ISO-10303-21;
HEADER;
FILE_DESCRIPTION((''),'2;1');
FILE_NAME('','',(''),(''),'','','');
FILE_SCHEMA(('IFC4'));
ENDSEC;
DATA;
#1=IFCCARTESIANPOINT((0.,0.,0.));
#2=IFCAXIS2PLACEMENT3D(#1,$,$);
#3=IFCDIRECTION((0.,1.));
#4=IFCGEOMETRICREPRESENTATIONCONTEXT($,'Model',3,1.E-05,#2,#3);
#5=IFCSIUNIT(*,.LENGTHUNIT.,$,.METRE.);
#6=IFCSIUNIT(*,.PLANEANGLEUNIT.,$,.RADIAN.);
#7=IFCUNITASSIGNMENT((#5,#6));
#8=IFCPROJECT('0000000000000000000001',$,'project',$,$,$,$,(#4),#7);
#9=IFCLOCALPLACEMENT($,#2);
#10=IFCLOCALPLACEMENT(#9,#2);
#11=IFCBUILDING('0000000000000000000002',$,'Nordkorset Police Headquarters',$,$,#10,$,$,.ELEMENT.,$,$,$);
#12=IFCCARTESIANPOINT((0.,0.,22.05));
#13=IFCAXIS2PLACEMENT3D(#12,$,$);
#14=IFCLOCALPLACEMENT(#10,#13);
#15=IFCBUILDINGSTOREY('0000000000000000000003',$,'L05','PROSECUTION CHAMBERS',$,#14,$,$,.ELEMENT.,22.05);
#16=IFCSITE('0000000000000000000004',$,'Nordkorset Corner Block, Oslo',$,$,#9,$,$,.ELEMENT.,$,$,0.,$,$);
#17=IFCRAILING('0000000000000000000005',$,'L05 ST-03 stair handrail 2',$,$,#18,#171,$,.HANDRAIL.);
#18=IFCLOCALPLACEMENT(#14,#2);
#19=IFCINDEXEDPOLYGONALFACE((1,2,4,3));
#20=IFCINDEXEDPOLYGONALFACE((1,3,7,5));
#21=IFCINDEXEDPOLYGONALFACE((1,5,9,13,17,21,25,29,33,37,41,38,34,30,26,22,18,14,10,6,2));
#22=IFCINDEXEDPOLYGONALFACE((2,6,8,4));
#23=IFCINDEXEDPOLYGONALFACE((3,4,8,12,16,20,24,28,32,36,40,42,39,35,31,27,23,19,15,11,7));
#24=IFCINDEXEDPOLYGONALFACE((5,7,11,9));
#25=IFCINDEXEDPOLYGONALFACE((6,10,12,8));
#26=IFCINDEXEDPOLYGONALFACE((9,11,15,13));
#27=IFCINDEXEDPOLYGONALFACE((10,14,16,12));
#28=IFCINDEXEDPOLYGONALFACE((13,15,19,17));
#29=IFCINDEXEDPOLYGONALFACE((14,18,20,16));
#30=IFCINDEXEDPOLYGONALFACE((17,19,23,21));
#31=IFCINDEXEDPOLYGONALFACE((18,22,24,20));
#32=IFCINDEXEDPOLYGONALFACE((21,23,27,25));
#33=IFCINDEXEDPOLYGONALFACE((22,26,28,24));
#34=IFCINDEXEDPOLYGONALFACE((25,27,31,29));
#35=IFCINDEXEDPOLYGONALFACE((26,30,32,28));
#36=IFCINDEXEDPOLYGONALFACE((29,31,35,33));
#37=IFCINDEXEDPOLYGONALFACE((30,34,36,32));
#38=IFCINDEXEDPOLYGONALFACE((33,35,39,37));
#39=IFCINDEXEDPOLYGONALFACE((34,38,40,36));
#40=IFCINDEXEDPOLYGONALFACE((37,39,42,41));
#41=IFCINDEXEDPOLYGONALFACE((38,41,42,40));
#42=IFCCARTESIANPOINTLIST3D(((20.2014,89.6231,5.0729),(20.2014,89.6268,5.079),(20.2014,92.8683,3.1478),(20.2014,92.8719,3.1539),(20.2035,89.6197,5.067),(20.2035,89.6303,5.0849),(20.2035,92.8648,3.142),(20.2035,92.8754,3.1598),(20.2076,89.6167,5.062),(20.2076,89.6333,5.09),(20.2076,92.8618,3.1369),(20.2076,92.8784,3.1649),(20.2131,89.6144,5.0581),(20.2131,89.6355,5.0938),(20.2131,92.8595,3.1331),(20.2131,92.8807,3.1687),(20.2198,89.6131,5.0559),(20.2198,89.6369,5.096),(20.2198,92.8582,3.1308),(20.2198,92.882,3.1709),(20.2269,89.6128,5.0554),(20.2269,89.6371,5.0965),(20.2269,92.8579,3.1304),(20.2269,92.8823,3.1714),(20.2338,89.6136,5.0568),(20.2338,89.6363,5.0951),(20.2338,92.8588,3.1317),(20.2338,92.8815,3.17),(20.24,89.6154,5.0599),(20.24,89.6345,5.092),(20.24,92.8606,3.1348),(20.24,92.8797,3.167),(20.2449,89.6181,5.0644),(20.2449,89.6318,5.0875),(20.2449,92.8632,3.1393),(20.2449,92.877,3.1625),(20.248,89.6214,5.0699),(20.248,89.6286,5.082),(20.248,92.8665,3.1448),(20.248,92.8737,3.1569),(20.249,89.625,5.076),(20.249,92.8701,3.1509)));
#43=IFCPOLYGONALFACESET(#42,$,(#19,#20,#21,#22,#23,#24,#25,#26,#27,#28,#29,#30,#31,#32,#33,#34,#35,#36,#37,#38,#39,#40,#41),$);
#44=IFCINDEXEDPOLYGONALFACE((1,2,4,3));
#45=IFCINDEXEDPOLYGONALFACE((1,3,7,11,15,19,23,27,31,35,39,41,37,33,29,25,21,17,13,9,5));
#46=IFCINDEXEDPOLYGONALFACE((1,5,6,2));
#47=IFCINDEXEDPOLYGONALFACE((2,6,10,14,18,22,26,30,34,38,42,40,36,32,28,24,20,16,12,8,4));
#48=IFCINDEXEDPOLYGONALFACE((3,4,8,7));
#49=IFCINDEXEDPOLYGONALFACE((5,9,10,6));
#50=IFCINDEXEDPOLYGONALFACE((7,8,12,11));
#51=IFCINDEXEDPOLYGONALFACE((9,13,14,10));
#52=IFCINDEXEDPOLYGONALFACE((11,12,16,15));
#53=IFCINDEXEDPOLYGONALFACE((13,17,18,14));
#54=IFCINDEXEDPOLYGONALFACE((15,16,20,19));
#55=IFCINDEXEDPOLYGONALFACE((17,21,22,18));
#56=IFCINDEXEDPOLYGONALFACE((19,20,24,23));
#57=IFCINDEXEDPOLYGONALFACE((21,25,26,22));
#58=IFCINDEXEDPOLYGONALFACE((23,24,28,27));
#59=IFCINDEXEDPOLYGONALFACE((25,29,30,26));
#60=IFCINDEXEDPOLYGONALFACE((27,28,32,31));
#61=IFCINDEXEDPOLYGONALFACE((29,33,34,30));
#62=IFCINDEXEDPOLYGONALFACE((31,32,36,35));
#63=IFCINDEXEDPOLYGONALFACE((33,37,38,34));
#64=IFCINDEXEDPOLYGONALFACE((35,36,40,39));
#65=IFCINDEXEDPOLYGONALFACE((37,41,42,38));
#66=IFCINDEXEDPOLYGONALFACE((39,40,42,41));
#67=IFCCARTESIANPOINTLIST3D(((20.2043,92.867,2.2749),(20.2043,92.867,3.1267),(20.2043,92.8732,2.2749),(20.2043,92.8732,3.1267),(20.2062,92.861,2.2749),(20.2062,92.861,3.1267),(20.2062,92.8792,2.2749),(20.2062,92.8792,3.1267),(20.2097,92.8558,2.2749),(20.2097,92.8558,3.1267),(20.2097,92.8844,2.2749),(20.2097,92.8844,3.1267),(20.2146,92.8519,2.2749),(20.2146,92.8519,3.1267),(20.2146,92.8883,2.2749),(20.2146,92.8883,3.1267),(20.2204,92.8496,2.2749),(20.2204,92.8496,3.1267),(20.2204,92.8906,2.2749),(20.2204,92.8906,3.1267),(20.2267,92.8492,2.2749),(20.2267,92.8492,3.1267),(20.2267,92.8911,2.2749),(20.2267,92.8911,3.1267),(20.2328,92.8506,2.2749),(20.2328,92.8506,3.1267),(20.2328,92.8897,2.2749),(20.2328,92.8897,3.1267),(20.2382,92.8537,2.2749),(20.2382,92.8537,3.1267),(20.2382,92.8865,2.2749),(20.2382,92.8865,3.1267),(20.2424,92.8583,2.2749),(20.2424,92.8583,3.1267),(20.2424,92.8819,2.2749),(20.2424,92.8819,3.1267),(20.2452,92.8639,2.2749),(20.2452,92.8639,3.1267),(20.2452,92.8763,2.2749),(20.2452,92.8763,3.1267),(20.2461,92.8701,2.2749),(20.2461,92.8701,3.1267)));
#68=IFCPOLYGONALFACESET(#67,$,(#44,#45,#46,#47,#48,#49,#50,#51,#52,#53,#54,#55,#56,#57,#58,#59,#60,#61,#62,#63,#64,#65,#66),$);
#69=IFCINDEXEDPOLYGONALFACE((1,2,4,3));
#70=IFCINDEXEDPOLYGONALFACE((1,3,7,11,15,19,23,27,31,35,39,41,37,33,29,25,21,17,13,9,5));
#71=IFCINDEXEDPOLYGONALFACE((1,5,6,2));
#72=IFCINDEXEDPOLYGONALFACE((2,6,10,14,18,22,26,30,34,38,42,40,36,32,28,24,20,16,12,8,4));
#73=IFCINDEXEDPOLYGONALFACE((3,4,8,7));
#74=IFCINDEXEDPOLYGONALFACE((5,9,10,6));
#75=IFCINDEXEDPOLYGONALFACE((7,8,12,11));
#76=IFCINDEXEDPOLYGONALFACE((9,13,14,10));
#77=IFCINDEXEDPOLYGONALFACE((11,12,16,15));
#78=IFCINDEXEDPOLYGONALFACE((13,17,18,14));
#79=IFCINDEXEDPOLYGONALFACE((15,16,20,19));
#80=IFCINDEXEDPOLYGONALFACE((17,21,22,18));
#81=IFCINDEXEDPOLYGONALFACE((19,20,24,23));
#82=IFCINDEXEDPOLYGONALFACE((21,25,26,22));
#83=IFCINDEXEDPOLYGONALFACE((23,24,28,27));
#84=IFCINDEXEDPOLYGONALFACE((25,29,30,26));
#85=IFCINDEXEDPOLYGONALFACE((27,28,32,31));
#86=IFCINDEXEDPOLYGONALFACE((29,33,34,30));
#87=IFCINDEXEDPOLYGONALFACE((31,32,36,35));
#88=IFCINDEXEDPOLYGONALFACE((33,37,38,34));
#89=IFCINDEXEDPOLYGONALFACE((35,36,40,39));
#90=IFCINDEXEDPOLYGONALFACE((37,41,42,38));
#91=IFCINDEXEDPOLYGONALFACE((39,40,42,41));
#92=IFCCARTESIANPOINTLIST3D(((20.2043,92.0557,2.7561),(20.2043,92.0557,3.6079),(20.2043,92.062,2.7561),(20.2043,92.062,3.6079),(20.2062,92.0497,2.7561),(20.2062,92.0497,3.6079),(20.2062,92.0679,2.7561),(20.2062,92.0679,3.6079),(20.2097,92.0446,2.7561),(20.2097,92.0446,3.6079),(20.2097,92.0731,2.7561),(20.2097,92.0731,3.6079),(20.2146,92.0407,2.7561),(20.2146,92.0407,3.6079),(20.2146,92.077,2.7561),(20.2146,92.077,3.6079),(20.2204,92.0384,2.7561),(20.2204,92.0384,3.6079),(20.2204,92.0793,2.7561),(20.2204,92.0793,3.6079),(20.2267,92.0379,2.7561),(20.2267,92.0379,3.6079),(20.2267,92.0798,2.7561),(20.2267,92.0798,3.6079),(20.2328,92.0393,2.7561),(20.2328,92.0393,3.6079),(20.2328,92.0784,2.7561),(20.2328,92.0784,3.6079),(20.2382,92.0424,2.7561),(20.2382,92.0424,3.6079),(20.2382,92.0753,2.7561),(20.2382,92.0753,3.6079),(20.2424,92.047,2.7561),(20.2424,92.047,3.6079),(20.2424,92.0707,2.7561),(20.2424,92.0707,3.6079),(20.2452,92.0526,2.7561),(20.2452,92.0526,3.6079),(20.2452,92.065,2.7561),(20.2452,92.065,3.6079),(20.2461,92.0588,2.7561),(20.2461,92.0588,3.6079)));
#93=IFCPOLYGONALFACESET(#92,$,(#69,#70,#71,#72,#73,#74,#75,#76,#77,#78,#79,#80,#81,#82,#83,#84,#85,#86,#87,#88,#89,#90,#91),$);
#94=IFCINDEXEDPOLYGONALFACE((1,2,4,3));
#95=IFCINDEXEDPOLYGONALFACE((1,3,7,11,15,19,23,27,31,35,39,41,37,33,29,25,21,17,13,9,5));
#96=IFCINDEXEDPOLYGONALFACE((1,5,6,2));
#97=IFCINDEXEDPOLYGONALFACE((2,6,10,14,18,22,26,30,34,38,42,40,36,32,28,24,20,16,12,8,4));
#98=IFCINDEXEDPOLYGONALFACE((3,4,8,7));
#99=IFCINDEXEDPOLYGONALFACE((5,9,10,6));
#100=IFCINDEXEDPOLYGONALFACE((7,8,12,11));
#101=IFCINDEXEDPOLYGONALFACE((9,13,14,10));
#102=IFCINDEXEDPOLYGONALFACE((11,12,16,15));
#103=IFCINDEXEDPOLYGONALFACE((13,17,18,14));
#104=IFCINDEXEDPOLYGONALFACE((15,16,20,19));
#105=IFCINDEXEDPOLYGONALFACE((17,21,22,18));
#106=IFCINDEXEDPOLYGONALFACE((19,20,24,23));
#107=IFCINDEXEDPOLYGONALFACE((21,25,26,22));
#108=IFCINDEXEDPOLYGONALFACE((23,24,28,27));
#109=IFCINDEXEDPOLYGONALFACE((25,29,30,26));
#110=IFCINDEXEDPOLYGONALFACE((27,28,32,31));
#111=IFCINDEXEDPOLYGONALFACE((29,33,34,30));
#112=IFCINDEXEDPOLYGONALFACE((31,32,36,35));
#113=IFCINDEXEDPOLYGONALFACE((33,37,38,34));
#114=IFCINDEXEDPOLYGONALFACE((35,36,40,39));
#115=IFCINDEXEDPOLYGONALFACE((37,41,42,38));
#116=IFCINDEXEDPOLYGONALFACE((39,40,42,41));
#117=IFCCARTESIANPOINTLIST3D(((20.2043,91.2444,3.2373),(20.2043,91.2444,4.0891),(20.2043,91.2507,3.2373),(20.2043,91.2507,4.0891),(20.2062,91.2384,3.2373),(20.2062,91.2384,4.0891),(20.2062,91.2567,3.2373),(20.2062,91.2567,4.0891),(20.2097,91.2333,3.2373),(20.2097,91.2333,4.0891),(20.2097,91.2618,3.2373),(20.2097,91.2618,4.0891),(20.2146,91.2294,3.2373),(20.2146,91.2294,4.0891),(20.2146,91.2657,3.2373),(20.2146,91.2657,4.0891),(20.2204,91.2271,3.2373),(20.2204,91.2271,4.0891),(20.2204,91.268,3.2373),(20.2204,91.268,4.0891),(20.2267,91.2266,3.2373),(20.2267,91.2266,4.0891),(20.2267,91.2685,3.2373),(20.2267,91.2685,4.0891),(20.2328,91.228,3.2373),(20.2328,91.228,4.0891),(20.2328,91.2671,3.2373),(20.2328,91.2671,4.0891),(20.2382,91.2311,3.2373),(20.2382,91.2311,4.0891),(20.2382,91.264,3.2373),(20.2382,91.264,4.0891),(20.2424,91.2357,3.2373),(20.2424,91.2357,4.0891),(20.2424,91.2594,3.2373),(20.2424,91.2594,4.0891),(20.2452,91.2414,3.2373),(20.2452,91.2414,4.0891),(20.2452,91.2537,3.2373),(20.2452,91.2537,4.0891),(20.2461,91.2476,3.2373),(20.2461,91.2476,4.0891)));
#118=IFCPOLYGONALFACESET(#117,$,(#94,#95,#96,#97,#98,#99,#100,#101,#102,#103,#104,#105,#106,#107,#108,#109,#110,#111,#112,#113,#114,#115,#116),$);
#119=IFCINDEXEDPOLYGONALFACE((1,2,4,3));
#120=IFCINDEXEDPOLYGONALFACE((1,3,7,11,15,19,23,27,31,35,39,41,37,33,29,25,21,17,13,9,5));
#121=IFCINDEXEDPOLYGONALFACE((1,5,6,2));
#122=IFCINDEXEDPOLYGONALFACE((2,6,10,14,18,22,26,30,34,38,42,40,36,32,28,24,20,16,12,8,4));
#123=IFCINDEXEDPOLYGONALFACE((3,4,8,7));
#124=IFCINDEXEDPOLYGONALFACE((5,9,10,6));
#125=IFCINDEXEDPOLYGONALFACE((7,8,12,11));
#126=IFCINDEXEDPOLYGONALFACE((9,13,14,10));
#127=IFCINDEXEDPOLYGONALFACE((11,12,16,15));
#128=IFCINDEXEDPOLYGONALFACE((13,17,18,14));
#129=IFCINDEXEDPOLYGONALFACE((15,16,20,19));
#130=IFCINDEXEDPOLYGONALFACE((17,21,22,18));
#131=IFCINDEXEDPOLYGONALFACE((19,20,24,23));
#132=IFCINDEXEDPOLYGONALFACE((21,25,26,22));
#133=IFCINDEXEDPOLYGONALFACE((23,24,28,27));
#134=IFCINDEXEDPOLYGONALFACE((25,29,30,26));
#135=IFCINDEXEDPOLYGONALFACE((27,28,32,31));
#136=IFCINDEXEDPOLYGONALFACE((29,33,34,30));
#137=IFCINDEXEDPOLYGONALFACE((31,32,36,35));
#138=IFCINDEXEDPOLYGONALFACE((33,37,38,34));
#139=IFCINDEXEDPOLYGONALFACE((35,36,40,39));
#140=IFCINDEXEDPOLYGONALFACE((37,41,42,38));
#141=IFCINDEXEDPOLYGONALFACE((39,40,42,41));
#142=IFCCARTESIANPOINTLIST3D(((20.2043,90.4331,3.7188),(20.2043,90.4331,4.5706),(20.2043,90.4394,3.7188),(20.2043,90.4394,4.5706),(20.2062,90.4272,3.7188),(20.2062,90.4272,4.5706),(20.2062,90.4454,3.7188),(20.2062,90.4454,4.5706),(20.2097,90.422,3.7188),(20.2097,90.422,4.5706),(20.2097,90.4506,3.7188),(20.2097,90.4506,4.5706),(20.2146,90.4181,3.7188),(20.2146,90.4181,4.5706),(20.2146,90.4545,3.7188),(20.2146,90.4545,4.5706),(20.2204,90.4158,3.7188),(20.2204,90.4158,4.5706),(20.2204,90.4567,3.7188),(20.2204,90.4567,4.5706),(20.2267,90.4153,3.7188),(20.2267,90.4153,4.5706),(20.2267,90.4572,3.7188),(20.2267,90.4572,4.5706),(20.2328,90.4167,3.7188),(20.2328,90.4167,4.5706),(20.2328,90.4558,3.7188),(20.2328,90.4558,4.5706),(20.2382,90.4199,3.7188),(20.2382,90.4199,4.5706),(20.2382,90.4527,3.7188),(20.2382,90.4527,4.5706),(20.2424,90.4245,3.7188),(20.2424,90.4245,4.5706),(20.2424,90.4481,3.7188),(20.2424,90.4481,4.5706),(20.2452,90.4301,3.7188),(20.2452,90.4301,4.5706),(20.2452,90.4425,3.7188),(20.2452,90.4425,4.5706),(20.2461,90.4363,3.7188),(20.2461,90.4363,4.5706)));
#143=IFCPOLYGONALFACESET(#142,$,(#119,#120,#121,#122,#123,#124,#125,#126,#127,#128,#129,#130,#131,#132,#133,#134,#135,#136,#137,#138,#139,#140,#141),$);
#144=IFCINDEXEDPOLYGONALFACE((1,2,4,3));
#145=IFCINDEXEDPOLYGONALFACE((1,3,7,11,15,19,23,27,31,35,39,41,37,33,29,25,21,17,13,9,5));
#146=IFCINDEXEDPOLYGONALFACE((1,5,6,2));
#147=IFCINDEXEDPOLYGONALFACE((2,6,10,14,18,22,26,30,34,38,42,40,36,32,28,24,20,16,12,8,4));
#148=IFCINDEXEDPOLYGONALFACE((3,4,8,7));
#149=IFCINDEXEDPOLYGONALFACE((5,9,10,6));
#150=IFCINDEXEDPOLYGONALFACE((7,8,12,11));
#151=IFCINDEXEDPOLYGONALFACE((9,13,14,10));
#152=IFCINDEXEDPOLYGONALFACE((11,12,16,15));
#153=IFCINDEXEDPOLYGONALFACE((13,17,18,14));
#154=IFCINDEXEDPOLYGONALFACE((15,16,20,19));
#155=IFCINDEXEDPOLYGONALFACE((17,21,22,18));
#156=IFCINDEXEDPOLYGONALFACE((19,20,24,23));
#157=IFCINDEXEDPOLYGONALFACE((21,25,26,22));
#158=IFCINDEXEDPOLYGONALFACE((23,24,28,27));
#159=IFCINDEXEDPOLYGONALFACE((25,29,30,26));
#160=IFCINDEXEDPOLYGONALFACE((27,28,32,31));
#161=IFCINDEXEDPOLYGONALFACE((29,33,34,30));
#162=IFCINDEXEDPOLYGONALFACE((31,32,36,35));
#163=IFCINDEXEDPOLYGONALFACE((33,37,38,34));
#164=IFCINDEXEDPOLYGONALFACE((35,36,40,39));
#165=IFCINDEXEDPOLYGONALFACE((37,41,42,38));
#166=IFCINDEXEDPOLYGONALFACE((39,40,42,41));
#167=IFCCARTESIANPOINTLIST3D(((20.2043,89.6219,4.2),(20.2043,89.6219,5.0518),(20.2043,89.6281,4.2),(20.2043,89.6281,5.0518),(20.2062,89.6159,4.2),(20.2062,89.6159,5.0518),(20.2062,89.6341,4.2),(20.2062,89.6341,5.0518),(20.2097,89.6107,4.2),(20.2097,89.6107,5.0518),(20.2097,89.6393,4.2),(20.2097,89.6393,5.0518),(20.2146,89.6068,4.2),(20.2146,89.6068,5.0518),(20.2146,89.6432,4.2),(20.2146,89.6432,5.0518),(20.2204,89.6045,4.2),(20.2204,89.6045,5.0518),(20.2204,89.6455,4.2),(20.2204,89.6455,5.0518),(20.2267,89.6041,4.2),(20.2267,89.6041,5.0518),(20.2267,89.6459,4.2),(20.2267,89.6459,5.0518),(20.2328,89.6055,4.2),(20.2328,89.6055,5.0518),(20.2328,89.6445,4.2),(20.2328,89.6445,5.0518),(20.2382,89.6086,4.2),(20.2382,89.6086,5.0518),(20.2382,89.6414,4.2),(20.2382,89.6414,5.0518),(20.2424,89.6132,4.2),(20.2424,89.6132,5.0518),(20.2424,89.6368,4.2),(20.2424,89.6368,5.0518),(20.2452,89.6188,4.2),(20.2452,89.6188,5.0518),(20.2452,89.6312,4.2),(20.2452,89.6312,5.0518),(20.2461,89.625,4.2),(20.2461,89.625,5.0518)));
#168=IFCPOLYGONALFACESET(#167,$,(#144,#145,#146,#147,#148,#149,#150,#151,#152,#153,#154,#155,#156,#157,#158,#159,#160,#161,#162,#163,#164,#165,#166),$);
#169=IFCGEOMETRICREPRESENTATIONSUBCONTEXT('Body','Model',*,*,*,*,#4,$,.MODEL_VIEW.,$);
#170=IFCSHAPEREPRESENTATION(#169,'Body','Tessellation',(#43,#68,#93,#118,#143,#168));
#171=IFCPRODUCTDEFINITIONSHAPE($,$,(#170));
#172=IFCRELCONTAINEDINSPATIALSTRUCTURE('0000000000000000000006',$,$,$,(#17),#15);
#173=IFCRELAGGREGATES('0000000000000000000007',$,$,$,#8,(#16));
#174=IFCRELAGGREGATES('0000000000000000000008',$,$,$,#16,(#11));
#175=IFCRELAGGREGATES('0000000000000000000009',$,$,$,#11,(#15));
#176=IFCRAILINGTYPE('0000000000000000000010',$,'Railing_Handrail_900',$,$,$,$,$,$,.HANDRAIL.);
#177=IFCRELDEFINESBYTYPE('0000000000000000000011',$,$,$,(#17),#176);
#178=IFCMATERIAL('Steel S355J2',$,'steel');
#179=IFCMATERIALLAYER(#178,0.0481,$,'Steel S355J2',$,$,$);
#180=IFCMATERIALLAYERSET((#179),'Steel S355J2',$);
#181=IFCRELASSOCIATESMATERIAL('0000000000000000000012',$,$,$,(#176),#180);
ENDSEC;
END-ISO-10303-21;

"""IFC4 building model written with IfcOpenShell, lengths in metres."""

from ifc_helpers import new_model, si_unit, direction, frame, origin, origin_2d, place, context, subcontext, project, spatial, circle, extrude, material, layer, layer_set, type_object, element, save


model = new_model("IFC4")

# Units and contexts
model_context = context("Model", 3, precision=1e-05, world=origin(), true_north=direction((0.0, 1.0)))
body_context = subcontext(model_context, "Body", "Model", "MODEL_VIEW")
ifc_project = project(units=[si_unit("LENGTHUNIT", "METRE"), si_unit("PLANEANGLEUNIT", "RADIAN")], contexts=[model_context])

# Site, building, storey
site_placement = place(None, origin())
site = spatial("IfcSite", under=ifc_project, at=site_placement, Name="Nordkorset Corner Block, Oslo", CompositionType="ELEMENT", RefElevation=0.0)
building_placement = place(site_placement, origin())
building = spatial("IfcBuilding", under=site, at=building_placement, Name="Nordkorset Police Headquarters", CompositionType="ELEMENT")
storey_placement = place(building_placement, frame((0.0, 0.0, 22.05)))
storey = spatial("IfcBuildingStorey", under=building, at=storey_placement, Name="L05", Description="PROSECUTION CHAMBERS", CompositionType="ELEMENT", Elevation=22.05)

# Railing
ifc_material_1 = material(Name="Steel S355J2", Category="steel")
ifc_layer_1 = layer(ifc_material_1, 0.0481, Name="Steel S355J2")
ifc_layer_set_1 = layer_set([ifc_layer_1], Name="Steel S355J2")
railing_type_1 = type_object("IfcRailingType", Name="Railing_Handrail_900", PredefinedType="HANDRAIL", material=ifc_layer_set_1)
railing_1_placement = place(storey_placement, frame((20.2251, 92.8701, 2.2749)))
element("IfcRailing", 1, at=railing_1_placement, inside=storey, type_object=railing_type_1, Name="L05 ST-03 stair handrail 2", PredefinedType="HANDRAIL", context=body_context, shape_type="SweptSolid", body=[
    extrude(circle(Radius=0.0239, at=origin_2d()), frame((0.0, 0.0, 0.876), z_axis=(0.0, -0.860057, 0.510198), x_axis=(1.0, 0.0, 0.0)), (0.0, 0.0, 1.0), 3.7732),
    extrude(circle(Radius=0.021, at=origin_2d()), origin(), (0.0, 0.0, 1.0), 0.8518),
    extrude(circle(Radius=0.021, at=origin_2d()), frame((0.0, -0.8113, 0.4812)), (0.0, 0.0, 1.0), 0.8518),
    extrude(circle(Radius=0.021, at=origin_2d()), frame((0.0, -1.6226, 0.9624)), (0.0, 0.0, 1.0), 0.8518),
    extrude(circle(Radius=0.021, at=origin_2d()), frame((0.0, -2.4338, 1.4438)), (0.0, 0.0, 1.0), 0.8518),
    extrude(circle(Radius=0.021, at=origin_2d()), frame((0.0, -3.2451, 1.925)), (0.0, 0.0, 1.0), 0.8518),
])

save(model, "model.ifc")
